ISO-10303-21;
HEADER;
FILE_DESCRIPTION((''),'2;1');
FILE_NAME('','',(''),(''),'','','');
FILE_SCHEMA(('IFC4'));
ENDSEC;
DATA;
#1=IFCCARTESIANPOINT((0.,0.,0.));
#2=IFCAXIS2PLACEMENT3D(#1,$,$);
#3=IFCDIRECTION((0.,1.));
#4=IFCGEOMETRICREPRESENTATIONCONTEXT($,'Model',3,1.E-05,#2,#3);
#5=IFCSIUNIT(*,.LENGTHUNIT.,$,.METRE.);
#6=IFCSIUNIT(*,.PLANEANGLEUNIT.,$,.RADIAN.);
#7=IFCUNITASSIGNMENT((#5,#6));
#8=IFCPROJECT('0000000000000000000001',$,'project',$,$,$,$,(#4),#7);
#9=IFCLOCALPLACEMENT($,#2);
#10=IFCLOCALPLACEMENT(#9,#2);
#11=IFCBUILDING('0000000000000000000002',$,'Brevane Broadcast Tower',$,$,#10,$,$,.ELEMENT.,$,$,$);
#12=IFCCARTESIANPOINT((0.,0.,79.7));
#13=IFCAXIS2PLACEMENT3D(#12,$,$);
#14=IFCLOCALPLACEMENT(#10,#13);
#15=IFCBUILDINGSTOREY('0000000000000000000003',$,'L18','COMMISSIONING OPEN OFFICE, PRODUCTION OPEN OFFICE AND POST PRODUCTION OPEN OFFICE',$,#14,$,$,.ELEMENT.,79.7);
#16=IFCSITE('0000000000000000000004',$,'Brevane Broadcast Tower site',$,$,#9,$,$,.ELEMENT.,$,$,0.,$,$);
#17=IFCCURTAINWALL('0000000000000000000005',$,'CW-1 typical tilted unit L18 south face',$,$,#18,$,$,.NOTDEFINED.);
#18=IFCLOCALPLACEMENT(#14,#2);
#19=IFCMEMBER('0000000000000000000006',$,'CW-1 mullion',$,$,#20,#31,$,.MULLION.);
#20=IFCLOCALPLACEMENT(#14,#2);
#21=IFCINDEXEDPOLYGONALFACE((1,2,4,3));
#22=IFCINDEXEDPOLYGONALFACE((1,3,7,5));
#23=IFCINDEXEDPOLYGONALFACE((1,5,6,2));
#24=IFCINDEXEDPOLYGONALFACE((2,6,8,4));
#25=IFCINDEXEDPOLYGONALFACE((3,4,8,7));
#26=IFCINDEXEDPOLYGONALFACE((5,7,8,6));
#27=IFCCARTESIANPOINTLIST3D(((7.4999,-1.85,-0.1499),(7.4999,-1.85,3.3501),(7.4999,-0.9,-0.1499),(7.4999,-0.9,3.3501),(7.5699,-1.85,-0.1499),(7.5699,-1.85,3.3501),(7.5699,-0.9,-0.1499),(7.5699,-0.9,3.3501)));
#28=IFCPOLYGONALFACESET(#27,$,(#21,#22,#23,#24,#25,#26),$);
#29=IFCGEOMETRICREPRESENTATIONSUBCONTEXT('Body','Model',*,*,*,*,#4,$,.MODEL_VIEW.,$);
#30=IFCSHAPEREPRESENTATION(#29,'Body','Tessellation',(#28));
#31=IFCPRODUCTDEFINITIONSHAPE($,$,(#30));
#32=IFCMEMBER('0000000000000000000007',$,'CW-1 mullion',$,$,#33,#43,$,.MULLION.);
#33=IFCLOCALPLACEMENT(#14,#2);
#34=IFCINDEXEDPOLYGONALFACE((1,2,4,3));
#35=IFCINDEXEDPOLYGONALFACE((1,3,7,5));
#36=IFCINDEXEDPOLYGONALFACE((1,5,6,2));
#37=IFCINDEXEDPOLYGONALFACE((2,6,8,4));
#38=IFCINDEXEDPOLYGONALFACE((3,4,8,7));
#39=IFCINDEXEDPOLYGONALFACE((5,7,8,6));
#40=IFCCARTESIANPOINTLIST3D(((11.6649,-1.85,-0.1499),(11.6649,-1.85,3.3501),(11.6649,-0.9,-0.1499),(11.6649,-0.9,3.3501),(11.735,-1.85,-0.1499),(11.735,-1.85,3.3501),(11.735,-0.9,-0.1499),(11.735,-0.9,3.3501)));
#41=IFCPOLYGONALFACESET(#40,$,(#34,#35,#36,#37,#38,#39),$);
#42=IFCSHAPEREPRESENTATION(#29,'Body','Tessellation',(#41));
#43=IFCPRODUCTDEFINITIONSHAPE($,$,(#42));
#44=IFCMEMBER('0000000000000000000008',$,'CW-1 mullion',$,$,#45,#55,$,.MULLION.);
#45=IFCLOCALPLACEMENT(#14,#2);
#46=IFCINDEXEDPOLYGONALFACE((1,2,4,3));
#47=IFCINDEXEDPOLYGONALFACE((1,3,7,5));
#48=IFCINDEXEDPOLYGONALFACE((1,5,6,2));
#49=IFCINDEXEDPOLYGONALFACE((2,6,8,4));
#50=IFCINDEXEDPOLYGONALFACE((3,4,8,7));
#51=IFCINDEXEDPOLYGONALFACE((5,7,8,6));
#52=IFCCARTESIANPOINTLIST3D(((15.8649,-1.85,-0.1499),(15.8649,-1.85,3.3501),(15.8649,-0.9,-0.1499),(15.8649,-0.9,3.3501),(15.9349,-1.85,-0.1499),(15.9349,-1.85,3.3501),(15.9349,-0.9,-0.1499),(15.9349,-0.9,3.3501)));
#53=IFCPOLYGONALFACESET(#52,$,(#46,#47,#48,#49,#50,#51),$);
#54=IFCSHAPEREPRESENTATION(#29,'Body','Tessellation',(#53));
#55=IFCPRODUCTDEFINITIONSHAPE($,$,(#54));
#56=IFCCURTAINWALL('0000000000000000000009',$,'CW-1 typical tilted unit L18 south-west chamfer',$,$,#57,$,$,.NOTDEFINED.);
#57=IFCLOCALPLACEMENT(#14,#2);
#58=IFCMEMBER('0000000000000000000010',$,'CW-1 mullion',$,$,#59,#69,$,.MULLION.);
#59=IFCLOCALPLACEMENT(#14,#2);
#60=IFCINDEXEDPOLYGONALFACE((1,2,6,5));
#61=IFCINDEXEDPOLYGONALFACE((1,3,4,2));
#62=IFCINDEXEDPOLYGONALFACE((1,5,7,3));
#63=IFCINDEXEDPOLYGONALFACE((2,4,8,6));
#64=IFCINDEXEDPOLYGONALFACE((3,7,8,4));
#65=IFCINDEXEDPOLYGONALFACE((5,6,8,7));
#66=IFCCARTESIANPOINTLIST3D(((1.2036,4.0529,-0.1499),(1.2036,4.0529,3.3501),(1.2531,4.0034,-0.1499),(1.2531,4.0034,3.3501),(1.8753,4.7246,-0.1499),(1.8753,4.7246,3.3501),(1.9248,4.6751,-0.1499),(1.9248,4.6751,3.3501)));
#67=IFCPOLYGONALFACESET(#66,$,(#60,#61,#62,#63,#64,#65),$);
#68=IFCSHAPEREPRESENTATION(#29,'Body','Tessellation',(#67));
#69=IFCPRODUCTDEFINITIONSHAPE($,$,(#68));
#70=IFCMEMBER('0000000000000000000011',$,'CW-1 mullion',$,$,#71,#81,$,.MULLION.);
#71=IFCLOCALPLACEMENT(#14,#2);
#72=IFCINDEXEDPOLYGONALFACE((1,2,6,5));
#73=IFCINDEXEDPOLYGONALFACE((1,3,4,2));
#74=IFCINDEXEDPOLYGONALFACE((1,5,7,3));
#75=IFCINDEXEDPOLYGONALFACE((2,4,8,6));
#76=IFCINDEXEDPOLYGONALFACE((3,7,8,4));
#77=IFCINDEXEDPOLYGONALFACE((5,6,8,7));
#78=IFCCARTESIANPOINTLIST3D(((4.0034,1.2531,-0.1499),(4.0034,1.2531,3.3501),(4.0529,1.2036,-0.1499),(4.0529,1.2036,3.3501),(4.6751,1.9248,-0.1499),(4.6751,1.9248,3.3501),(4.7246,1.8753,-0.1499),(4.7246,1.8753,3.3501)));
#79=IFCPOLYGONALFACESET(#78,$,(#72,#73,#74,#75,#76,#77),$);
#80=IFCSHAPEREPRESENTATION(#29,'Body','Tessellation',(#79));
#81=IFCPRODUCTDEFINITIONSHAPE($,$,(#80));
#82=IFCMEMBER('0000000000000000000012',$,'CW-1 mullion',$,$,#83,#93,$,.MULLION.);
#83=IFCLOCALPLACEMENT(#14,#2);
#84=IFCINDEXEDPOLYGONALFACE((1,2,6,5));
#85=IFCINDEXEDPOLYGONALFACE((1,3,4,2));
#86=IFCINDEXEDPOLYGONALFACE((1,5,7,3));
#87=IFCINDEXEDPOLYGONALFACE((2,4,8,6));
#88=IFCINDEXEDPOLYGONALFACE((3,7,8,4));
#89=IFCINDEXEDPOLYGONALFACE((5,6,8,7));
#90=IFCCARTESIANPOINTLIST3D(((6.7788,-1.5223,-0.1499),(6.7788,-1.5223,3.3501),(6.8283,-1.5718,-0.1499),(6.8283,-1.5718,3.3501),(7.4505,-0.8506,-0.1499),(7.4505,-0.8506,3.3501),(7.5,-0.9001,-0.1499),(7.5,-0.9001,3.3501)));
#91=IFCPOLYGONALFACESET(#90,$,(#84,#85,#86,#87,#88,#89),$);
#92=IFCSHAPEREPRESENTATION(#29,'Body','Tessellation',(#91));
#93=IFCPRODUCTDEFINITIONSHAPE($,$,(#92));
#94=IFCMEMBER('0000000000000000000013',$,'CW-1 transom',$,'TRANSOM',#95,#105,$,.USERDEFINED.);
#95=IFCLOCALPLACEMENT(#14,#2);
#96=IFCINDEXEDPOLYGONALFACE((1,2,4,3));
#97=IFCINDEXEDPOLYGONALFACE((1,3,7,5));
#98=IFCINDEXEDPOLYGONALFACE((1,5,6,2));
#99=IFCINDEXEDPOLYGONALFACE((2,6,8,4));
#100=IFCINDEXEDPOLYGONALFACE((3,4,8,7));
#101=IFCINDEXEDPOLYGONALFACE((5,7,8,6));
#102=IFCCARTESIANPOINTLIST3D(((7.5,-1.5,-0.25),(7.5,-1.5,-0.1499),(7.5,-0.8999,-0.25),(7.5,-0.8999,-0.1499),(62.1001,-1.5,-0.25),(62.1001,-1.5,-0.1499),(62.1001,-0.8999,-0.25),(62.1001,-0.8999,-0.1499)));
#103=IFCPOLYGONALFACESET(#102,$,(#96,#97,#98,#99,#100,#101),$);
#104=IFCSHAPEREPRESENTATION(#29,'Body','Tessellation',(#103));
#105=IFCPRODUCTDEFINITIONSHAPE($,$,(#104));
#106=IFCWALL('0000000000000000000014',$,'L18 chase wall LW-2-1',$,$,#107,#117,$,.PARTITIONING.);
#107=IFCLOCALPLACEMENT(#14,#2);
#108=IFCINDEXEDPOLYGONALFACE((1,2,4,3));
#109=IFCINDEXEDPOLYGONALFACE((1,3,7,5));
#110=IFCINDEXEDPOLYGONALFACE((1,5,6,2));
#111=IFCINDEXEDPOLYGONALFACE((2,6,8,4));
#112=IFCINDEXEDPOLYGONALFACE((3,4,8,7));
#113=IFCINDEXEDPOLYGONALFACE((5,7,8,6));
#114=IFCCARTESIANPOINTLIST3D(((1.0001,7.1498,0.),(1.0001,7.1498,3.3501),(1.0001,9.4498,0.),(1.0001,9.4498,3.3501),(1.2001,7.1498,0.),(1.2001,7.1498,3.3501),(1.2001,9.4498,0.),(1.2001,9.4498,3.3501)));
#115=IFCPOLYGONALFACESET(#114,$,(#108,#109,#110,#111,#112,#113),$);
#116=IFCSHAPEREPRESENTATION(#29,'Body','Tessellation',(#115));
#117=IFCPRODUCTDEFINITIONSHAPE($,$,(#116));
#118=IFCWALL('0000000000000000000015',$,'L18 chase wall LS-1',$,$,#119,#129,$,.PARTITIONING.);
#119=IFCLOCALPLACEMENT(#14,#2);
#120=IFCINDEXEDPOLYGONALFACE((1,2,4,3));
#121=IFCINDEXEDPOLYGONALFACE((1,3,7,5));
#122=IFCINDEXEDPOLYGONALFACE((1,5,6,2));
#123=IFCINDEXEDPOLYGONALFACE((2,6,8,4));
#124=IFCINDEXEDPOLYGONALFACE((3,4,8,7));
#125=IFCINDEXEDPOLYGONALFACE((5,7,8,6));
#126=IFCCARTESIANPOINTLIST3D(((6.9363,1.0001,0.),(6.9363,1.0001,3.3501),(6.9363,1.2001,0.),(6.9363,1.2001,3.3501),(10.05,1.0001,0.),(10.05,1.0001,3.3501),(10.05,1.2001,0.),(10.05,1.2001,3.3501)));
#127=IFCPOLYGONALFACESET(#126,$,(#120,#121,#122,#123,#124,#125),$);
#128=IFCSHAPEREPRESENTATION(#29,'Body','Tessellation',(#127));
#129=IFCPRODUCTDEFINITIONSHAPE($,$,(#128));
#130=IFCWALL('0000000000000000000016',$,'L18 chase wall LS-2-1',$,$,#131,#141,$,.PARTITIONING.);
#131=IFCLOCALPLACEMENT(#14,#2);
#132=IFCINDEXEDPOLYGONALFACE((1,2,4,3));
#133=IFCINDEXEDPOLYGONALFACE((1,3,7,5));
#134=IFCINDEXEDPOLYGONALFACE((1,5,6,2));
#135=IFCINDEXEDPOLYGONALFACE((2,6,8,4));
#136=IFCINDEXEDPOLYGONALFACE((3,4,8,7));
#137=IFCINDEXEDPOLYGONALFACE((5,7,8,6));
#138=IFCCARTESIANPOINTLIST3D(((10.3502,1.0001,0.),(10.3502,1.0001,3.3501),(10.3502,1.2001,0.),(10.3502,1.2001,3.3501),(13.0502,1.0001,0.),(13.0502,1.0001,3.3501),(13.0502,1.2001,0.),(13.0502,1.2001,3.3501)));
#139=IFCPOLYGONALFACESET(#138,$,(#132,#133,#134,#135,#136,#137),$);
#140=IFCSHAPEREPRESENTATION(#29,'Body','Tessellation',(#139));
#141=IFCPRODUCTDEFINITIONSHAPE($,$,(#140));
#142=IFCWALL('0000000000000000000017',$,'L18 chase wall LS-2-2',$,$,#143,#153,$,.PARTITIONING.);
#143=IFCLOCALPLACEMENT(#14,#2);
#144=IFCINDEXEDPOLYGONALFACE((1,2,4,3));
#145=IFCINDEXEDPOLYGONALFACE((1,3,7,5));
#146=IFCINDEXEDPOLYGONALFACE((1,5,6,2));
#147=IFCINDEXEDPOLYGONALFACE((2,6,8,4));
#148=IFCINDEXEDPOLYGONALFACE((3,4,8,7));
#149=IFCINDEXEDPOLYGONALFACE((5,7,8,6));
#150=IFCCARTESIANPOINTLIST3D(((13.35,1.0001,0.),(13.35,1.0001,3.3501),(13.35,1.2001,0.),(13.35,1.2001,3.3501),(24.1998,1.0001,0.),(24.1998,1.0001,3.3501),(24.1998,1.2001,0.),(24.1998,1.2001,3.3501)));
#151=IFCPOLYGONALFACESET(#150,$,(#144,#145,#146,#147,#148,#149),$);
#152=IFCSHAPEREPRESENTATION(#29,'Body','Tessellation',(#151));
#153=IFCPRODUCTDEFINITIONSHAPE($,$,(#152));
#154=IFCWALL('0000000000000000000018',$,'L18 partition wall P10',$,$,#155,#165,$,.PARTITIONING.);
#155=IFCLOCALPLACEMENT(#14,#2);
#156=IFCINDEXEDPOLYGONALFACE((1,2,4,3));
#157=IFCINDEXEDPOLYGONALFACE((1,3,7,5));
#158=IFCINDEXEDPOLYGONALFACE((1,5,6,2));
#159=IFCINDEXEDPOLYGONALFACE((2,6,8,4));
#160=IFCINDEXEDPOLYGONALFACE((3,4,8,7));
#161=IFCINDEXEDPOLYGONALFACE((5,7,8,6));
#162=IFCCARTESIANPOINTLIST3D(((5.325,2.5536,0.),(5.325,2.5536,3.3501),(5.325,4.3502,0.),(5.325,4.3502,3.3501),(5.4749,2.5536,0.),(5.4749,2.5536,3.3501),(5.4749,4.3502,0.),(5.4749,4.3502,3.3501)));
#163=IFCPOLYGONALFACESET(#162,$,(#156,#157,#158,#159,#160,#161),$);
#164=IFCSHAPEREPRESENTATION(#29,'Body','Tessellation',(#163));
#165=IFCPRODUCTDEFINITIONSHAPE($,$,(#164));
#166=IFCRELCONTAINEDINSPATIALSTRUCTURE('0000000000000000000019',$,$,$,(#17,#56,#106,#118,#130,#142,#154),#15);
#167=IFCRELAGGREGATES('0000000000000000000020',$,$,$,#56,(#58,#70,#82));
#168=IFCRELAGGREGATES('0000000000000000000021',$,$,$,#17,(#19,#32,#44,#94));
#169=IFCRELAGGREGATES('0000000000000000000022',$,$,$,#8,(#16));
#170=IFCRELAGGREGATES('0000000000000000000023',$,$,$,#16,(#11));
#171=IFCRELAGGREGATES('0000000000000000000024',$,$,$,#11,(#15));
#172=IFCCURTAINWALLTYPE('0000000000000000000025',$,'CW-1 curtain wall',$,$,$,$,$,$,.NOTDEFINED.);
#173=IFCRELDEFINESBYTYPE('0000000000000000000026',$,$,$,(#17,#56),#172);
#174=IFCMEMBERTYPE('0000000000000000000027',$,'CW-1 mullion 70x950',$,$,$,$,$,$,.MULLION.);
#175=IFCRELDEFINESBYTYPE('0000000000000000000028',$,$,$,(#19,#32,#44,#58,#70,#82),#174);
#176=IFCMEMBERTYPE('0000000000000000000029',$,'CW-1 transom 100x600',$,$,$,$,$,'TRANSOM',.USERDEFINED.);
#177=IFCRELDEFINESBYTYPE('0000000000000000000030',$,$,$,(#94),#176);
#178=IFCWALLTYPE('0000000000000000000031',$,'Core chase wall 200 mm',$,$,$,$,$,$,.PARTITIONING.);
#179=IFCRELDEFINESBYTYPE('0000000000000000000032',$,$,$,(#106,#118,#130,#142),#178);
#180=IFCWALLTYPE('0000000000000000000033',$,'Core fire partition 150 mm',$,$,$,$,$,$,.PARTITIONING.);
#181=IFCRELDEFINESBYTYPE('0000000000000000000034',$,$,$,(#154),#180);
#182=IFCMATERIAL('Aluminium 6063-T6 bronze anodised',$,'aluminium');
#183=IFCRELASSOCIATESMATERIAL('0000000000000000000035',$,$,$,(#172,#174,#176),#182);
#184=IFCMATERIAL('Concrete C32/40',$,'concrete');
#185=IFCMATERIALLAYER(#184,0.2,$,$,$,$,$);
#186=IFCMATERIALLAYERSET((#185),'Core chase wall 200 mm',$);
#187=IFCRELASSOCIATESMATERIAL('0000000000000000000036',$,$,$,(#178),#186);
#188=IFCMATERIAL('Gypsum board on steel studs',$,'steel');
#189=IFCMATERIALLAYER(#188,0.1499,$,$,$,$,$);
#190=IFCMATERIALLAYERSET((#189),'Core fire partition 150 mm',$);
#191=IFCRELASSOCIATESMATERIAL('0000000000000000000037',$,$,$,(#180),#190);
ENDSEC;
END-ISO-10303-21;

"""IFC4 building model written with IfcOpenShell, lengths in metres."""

from ifc_helpers import new_model, si_unit, direction, frame, frame_2d, origin, origin_2d, place, context, subcontext, project, spatial, rectangle, extrude, material, layer, layer_set, material_profile, profile_set, type_object, element, aggregate, save


model = new_model("IFC4")

# Units and contexts
model_context = context("Model", 3, precision=1e-05, world=origin(), true_north=direction((0.0, 1.0)))
body_context = subcontext(model_context, "Body", "Model", "MODEL_VIEW")
ifc_project = project(units=[si_unit("LENGTHUNIT", "METRE"), si_unit("PLANEANGLEUNIT", "RADIAN")], contexts=[model_context])

# Site, building, storey
site_placement = place(None, origin())
site = spatial("IfcSite", under=ifc_project, at=site_placement, Name="Brevane Broadcast Tower site", CompositionType="ELEMENT", RefElevation=0.0)
building_placement = place(site_placement, origin())
building = spatial("IfcBuilding", under=site, at=building_placement, Name="Brevane Broadcast Tower", CompositionType="ELEMENT")
storey_placement = place(building_placement, frame((0.0, 0.0, 79.7)))
storey = spatial("IfcBuildingStorey", under=building, at=storey_placement, Name="L18", Description="COMMISSIONING OPEN OFFICE, PRODUCTION OPEN OFFICE AND POST PRODUCTION OPEN OFFICE", CompositionType="ELEMENT", Elevation=79.7)

# Curtain walls, members
ifc_material_1 = material(Name="Aluminium 6063-T6 bronze anodised", Category="aluminium")
curtain_wall_type = type_object("IfcCurtainWallType", Name="CW-1 curtain wall", PredefinedType="NOTDEFINED", material=ifc_material_1)
curtain_wall_1_placement = place(storey_placement, origin())
curtain_wall_1 = element("IfcCurtainWall", 1, at=curtain_wall_1_placement, inside=storey, type_object=curtain_wall_type, Name="CW-1 typical tilted unit L18 south face", PredefinedType="NOTDEFINED")
ifc_material_profile_1 = material_profile(ifc_material_1, rectangle(XDim=0.95, YDim=0.0701, at=origin_2d()), Name="RECT 70x950")
ifc_profile_set_1 = profile_set([ifc_material_profile_1], Name="Aluminium 6063-T6 bronze anodised")
member_type_1 = type_object("IfcMemberType", Name="CW-1 mullion 70x950", PredefinedType="MULLION", material=ifc_profile_set_1)
member_1_placement = place(storey_placement, frame((7.5349, -1.375, -0.1499), z_axis=(0.0, 0.0, 1.0), x_axis=(0.0, 1.0, 0.0)))
member_1 = element("IfcMember", 2, at=member_1_placement, type_object=member_type_1, Name="CW-1 mullion", PredefinedType="MULLION", context=body_context, shape_type="SweptSolid", body=[
    extrude(rectangle(XDim=0.95, YDim=0.0701, at=origin_2d()), origin(), (0.0, 0.0, 1.0), 3.5),
])
member_2_placement = place(storey_placement, frame((11.7, -1.375, -0.1499), z_axis=(0.0, 0.0, 1.0), x_axis=(0.0, 1.0, 0.0)))
member_2 = element("IfcMember", 3, at=member_2_placement, type_object=member_type_1, Name="CW-1 mullion", PredefinedType="MULLION", context=body_context, shape_type="SweptSolid", body=[
    extrude(rectangle(XDim=0.95, YDim=0.0701, at=origin_2d()), origin(), (0.0, 0.0, 1.0), 3.5),
])
member_3_placement = place(storey_placement, frame((15.8999, -1.375, -0.1499), z_axis=(0.0, 0.0, 1.0), x_axis=(0.0, 1.0, 0.0)))
member_3 = element("IfcMember", 4, at=member_3_placement, type_object=member_type_1, Name="CW-1 mullion", PredefinedType="MULLION", context=body_context, shape_type="SweptSolid", body=[
    extrude(rectangle(XDim=0.95, YDim=0.0701, at=origin_2d()), origin(), (0.0, 0.0, 1.0), 3.5),
])
curtain_wall_2_placement = place(storey_placement, origin())
curtain_wall_2 = element("IfcCurtainWall", 5, at=curtain_wall_2_placement, inside=storey, type_object=curtain_wall_type, Name="CW-1 typical tilted unit L18 south-west chamfer", PredefinedType="NOTDEFINED")
member_4_placement = place(storey_placement, frame((1.5642, 4.364, -0.1499), z_axis=(0.0, 0.0, 1.0), x_axis=(0.707107, 0.707107, 0.0)))
member_4 = element("IfcMember", 6, at=member_4_placement, type_object=member_type_1, Name="CW-1 mullion", PredefinedType="MULLION", context=body_context, shape_type="SweptSolid", body=[
    extrude(rectangle(XDim=0.95, YDim=0.0701, at=origin_2d()), origin(), (0.0, 0.0, 1.0), 3.5),
])
member_5_placement = place(storey_placement, frame((4.364, 1.5642, -0.1499), z_axis=(0.0, 0.0, 1.0), x_axis=(0.707107, 0.707107, 0.0)))
member_5 = element("IfcMember", 7, at=member_5_placement, type_object=member_type_1, Name="CW-1 mullion", PredefinedType="MULLION", context=body_context, shape_type="SweptSolid", body=[
    extrude(rectangle(XDim=0.95, YDim=0.0701, at=origin_2d()), origin(), (0.0, 0.0, 1.0), 3.5),
])
member_6_placement = place(storey_placement, frame((7.1394, -1.2112, -0.1499), z_axis=(0.0, 0.0, 1.0), x_axis=(0.707107, 0.707107, 0.0)))
member_6 = element("IfcMember", 8, at=member_6_placement, type_object=member_type_1, Name="CW-1 mullion", PredefinedType="MULLION", context=body_context, shape_type="SweptSolid", body=[
    extrude(rectangle(XDim=0.95, YDim=0.0701, at=origin_2d()), origin(), (0.0, 0.0, 1.0), 3.5),
])
aggregate(curtain_wall_2, [member_4, member_5, member_6])

# Member
ifc_material_profile_2 = material_profile(ifc_material_1, rectangle(XDim=0.6001, YDim=0.1001, at=origin_2d()), Name="RECT 100x600")
ifc_profile_set_2 = profile_set([ifc_material_profile_2], Name="Aluminium 6063-T6 bronze anodised")
member_type_2 = type_object("IfcMemberType", Name="CW-1 transom 100x600", ElementType="TRANSOM", PredefinedType="USERDEFINED", material=ifc_profile_set_2)
member_7_placement = place(storey_placement, frame((7.5, -1.2, -0.2), z_axis=(1.0, 0.0, 0.0), x_axis=(0.0, 1.0, 0.0)))
member_7 = element("IfcMember", 9, at=member_7_placement, type_object=member_type_2, Name="CW-1 transom", ObjectType="TRANSOM", PredefinedType="USERDEFINED", context=body_context, shape_type="SweptSolid", body=[
    extrude(rectangle(XDim=0.6001, YDim=0.1001, at=origin_2d()), origin(), (0.0, 0.0, 1.0), 54.6001),
])
aggregate(curtain_wall_1, [member_1, member_2, member_3, member_7])

# Walls
ifc_material_2 = material(Name="Concrete C32/40", Category="concrete")
ifc_layer_1 = layer(ifc_material_2, 0.2)
ifc_layer_set_1 = layer_set([ifc_layer_1], Name="Core chase wall 200 mm")
wall_type_1 = type_object("IfcWallType", Name="Core chase wall 200 mm", PredefinedType="PARTITIONING", material=ifc_layer_set_1)
wall_1_placement = place(storey_placement, frame((1.1001, 7.1499, 0.0), z_axis=(0.0, 0.0, 1.0), x_axis=(0.0, 1.0, 0.0)))
element("IfcWall", 10, at=wall_1_placement, inside=storey, type_object=wall_type_1, Name="L18 chase wall LW-2-1", PredefinedType="PARTITIONING", context=body_context, shape_type="SweptSolid", body=[
    extrude(rectangle(XDim=2.3, YDim=0.2, at=frame_2d((1.1499, 0.0))), origin(), (0.0, 0.0, 1.0), 3.3501),
])
wall_2_placement = place(storey_placement, frame((6.9363, 1.1001, 0.0), z_axis=(0.0, 0.0, 1.0), x_axis=(1.0, 0.0, 0.0)))
element("IfcWall", 11, at=wall_2_placement, inside=storey, type_object=wall_type_1, Name="L18 chase wall LS-1", PredefinedType="PARTITIONING", context=body_context, shape_type="SweptSolid", body=[
    extrude(rectangle(XDim=3.1138, YDim=0.2, at=frame_2d((1.5569, 0.0))), origin(), (0.0, 0.0, 1.0), 3.3501),
])
wall_3_placement = place(storey_placement, frame((10.3501, 1.1001, 0.0), z_axis=(0.0, 0.0, 1.0), x_axis=(1.0, 0.0, 0.0)))
element("IfcWall", 12, at=wall_3_placement, inside=storey, type_object=wall_type_1, Name="L18 chase wall LS-2-1", PredefinedType="PARTITIONING", context=body_context, shape_type="SweptSolid", body=[
    extrude(rectangle(XDim=2.7, YDim=0.2, at=frame_2d((1.3501, 0.0))), origin(), (0.0, 0.0, 1.0), 3.3501),
])
wall_4_placement = place(storey_placement, frame((13.3501, 1.1001, 0.0), z_axis=(0.0, 0.0, 1.0), x_axis=(1.0, 0.0, 0.0)))
element("IfcWall", 13, at=wall_4_placement, inside=storey, type_object=wall_type_1, Name="L18 chase wall LS-2-2", PredefinedType="PARTITIONING", context=body_context, shape_type="SweptSolid", body=[
    extrude(rectangle(XDim=10.8499, YDim=0.2, at=frame_2d((5.4248, 0.0))), origin(), (0.0, 0.0, 1.0), 3.3501),
])
ifc_material_3 = material(Name="Gypsum board on steel studs", Category="steel")
ifc_layer_2 = layer(ifc_material_3, 0.1499)
ifc_layer_set_2 = layer_set([ifc_layer_2], Name="Core fire partition 150 mm")
wall_type_2 = type_object("IfcWallType", Name="Core fire partition 150 mm", PredefinedType="PARTITIONING", material=ifc_layer_set_2)
wall_5_placement = place(storey_placement, frame((5.3999, 2.5535, 0.0), z_axis=(0.0, 0.0, 1.0), x_axis=(0.0, 1.0, 0.0)))
element("IfcWall", 14, at=wall_5_placement, inside=storey, type_object=wall_type_2, Name="L18 partition wall P10", PredefinedType="PARTITIONING", context=body_context, shape_type="SweptSolid", body=[
    extrude(rectangle(XDim=1.7966, YDim=0.1499, at=frame_2d((0.8984, 0.0))), origin(), (0.0, 0.0, 1.0), 3.3501),
])

save(model, "model.ifc")
